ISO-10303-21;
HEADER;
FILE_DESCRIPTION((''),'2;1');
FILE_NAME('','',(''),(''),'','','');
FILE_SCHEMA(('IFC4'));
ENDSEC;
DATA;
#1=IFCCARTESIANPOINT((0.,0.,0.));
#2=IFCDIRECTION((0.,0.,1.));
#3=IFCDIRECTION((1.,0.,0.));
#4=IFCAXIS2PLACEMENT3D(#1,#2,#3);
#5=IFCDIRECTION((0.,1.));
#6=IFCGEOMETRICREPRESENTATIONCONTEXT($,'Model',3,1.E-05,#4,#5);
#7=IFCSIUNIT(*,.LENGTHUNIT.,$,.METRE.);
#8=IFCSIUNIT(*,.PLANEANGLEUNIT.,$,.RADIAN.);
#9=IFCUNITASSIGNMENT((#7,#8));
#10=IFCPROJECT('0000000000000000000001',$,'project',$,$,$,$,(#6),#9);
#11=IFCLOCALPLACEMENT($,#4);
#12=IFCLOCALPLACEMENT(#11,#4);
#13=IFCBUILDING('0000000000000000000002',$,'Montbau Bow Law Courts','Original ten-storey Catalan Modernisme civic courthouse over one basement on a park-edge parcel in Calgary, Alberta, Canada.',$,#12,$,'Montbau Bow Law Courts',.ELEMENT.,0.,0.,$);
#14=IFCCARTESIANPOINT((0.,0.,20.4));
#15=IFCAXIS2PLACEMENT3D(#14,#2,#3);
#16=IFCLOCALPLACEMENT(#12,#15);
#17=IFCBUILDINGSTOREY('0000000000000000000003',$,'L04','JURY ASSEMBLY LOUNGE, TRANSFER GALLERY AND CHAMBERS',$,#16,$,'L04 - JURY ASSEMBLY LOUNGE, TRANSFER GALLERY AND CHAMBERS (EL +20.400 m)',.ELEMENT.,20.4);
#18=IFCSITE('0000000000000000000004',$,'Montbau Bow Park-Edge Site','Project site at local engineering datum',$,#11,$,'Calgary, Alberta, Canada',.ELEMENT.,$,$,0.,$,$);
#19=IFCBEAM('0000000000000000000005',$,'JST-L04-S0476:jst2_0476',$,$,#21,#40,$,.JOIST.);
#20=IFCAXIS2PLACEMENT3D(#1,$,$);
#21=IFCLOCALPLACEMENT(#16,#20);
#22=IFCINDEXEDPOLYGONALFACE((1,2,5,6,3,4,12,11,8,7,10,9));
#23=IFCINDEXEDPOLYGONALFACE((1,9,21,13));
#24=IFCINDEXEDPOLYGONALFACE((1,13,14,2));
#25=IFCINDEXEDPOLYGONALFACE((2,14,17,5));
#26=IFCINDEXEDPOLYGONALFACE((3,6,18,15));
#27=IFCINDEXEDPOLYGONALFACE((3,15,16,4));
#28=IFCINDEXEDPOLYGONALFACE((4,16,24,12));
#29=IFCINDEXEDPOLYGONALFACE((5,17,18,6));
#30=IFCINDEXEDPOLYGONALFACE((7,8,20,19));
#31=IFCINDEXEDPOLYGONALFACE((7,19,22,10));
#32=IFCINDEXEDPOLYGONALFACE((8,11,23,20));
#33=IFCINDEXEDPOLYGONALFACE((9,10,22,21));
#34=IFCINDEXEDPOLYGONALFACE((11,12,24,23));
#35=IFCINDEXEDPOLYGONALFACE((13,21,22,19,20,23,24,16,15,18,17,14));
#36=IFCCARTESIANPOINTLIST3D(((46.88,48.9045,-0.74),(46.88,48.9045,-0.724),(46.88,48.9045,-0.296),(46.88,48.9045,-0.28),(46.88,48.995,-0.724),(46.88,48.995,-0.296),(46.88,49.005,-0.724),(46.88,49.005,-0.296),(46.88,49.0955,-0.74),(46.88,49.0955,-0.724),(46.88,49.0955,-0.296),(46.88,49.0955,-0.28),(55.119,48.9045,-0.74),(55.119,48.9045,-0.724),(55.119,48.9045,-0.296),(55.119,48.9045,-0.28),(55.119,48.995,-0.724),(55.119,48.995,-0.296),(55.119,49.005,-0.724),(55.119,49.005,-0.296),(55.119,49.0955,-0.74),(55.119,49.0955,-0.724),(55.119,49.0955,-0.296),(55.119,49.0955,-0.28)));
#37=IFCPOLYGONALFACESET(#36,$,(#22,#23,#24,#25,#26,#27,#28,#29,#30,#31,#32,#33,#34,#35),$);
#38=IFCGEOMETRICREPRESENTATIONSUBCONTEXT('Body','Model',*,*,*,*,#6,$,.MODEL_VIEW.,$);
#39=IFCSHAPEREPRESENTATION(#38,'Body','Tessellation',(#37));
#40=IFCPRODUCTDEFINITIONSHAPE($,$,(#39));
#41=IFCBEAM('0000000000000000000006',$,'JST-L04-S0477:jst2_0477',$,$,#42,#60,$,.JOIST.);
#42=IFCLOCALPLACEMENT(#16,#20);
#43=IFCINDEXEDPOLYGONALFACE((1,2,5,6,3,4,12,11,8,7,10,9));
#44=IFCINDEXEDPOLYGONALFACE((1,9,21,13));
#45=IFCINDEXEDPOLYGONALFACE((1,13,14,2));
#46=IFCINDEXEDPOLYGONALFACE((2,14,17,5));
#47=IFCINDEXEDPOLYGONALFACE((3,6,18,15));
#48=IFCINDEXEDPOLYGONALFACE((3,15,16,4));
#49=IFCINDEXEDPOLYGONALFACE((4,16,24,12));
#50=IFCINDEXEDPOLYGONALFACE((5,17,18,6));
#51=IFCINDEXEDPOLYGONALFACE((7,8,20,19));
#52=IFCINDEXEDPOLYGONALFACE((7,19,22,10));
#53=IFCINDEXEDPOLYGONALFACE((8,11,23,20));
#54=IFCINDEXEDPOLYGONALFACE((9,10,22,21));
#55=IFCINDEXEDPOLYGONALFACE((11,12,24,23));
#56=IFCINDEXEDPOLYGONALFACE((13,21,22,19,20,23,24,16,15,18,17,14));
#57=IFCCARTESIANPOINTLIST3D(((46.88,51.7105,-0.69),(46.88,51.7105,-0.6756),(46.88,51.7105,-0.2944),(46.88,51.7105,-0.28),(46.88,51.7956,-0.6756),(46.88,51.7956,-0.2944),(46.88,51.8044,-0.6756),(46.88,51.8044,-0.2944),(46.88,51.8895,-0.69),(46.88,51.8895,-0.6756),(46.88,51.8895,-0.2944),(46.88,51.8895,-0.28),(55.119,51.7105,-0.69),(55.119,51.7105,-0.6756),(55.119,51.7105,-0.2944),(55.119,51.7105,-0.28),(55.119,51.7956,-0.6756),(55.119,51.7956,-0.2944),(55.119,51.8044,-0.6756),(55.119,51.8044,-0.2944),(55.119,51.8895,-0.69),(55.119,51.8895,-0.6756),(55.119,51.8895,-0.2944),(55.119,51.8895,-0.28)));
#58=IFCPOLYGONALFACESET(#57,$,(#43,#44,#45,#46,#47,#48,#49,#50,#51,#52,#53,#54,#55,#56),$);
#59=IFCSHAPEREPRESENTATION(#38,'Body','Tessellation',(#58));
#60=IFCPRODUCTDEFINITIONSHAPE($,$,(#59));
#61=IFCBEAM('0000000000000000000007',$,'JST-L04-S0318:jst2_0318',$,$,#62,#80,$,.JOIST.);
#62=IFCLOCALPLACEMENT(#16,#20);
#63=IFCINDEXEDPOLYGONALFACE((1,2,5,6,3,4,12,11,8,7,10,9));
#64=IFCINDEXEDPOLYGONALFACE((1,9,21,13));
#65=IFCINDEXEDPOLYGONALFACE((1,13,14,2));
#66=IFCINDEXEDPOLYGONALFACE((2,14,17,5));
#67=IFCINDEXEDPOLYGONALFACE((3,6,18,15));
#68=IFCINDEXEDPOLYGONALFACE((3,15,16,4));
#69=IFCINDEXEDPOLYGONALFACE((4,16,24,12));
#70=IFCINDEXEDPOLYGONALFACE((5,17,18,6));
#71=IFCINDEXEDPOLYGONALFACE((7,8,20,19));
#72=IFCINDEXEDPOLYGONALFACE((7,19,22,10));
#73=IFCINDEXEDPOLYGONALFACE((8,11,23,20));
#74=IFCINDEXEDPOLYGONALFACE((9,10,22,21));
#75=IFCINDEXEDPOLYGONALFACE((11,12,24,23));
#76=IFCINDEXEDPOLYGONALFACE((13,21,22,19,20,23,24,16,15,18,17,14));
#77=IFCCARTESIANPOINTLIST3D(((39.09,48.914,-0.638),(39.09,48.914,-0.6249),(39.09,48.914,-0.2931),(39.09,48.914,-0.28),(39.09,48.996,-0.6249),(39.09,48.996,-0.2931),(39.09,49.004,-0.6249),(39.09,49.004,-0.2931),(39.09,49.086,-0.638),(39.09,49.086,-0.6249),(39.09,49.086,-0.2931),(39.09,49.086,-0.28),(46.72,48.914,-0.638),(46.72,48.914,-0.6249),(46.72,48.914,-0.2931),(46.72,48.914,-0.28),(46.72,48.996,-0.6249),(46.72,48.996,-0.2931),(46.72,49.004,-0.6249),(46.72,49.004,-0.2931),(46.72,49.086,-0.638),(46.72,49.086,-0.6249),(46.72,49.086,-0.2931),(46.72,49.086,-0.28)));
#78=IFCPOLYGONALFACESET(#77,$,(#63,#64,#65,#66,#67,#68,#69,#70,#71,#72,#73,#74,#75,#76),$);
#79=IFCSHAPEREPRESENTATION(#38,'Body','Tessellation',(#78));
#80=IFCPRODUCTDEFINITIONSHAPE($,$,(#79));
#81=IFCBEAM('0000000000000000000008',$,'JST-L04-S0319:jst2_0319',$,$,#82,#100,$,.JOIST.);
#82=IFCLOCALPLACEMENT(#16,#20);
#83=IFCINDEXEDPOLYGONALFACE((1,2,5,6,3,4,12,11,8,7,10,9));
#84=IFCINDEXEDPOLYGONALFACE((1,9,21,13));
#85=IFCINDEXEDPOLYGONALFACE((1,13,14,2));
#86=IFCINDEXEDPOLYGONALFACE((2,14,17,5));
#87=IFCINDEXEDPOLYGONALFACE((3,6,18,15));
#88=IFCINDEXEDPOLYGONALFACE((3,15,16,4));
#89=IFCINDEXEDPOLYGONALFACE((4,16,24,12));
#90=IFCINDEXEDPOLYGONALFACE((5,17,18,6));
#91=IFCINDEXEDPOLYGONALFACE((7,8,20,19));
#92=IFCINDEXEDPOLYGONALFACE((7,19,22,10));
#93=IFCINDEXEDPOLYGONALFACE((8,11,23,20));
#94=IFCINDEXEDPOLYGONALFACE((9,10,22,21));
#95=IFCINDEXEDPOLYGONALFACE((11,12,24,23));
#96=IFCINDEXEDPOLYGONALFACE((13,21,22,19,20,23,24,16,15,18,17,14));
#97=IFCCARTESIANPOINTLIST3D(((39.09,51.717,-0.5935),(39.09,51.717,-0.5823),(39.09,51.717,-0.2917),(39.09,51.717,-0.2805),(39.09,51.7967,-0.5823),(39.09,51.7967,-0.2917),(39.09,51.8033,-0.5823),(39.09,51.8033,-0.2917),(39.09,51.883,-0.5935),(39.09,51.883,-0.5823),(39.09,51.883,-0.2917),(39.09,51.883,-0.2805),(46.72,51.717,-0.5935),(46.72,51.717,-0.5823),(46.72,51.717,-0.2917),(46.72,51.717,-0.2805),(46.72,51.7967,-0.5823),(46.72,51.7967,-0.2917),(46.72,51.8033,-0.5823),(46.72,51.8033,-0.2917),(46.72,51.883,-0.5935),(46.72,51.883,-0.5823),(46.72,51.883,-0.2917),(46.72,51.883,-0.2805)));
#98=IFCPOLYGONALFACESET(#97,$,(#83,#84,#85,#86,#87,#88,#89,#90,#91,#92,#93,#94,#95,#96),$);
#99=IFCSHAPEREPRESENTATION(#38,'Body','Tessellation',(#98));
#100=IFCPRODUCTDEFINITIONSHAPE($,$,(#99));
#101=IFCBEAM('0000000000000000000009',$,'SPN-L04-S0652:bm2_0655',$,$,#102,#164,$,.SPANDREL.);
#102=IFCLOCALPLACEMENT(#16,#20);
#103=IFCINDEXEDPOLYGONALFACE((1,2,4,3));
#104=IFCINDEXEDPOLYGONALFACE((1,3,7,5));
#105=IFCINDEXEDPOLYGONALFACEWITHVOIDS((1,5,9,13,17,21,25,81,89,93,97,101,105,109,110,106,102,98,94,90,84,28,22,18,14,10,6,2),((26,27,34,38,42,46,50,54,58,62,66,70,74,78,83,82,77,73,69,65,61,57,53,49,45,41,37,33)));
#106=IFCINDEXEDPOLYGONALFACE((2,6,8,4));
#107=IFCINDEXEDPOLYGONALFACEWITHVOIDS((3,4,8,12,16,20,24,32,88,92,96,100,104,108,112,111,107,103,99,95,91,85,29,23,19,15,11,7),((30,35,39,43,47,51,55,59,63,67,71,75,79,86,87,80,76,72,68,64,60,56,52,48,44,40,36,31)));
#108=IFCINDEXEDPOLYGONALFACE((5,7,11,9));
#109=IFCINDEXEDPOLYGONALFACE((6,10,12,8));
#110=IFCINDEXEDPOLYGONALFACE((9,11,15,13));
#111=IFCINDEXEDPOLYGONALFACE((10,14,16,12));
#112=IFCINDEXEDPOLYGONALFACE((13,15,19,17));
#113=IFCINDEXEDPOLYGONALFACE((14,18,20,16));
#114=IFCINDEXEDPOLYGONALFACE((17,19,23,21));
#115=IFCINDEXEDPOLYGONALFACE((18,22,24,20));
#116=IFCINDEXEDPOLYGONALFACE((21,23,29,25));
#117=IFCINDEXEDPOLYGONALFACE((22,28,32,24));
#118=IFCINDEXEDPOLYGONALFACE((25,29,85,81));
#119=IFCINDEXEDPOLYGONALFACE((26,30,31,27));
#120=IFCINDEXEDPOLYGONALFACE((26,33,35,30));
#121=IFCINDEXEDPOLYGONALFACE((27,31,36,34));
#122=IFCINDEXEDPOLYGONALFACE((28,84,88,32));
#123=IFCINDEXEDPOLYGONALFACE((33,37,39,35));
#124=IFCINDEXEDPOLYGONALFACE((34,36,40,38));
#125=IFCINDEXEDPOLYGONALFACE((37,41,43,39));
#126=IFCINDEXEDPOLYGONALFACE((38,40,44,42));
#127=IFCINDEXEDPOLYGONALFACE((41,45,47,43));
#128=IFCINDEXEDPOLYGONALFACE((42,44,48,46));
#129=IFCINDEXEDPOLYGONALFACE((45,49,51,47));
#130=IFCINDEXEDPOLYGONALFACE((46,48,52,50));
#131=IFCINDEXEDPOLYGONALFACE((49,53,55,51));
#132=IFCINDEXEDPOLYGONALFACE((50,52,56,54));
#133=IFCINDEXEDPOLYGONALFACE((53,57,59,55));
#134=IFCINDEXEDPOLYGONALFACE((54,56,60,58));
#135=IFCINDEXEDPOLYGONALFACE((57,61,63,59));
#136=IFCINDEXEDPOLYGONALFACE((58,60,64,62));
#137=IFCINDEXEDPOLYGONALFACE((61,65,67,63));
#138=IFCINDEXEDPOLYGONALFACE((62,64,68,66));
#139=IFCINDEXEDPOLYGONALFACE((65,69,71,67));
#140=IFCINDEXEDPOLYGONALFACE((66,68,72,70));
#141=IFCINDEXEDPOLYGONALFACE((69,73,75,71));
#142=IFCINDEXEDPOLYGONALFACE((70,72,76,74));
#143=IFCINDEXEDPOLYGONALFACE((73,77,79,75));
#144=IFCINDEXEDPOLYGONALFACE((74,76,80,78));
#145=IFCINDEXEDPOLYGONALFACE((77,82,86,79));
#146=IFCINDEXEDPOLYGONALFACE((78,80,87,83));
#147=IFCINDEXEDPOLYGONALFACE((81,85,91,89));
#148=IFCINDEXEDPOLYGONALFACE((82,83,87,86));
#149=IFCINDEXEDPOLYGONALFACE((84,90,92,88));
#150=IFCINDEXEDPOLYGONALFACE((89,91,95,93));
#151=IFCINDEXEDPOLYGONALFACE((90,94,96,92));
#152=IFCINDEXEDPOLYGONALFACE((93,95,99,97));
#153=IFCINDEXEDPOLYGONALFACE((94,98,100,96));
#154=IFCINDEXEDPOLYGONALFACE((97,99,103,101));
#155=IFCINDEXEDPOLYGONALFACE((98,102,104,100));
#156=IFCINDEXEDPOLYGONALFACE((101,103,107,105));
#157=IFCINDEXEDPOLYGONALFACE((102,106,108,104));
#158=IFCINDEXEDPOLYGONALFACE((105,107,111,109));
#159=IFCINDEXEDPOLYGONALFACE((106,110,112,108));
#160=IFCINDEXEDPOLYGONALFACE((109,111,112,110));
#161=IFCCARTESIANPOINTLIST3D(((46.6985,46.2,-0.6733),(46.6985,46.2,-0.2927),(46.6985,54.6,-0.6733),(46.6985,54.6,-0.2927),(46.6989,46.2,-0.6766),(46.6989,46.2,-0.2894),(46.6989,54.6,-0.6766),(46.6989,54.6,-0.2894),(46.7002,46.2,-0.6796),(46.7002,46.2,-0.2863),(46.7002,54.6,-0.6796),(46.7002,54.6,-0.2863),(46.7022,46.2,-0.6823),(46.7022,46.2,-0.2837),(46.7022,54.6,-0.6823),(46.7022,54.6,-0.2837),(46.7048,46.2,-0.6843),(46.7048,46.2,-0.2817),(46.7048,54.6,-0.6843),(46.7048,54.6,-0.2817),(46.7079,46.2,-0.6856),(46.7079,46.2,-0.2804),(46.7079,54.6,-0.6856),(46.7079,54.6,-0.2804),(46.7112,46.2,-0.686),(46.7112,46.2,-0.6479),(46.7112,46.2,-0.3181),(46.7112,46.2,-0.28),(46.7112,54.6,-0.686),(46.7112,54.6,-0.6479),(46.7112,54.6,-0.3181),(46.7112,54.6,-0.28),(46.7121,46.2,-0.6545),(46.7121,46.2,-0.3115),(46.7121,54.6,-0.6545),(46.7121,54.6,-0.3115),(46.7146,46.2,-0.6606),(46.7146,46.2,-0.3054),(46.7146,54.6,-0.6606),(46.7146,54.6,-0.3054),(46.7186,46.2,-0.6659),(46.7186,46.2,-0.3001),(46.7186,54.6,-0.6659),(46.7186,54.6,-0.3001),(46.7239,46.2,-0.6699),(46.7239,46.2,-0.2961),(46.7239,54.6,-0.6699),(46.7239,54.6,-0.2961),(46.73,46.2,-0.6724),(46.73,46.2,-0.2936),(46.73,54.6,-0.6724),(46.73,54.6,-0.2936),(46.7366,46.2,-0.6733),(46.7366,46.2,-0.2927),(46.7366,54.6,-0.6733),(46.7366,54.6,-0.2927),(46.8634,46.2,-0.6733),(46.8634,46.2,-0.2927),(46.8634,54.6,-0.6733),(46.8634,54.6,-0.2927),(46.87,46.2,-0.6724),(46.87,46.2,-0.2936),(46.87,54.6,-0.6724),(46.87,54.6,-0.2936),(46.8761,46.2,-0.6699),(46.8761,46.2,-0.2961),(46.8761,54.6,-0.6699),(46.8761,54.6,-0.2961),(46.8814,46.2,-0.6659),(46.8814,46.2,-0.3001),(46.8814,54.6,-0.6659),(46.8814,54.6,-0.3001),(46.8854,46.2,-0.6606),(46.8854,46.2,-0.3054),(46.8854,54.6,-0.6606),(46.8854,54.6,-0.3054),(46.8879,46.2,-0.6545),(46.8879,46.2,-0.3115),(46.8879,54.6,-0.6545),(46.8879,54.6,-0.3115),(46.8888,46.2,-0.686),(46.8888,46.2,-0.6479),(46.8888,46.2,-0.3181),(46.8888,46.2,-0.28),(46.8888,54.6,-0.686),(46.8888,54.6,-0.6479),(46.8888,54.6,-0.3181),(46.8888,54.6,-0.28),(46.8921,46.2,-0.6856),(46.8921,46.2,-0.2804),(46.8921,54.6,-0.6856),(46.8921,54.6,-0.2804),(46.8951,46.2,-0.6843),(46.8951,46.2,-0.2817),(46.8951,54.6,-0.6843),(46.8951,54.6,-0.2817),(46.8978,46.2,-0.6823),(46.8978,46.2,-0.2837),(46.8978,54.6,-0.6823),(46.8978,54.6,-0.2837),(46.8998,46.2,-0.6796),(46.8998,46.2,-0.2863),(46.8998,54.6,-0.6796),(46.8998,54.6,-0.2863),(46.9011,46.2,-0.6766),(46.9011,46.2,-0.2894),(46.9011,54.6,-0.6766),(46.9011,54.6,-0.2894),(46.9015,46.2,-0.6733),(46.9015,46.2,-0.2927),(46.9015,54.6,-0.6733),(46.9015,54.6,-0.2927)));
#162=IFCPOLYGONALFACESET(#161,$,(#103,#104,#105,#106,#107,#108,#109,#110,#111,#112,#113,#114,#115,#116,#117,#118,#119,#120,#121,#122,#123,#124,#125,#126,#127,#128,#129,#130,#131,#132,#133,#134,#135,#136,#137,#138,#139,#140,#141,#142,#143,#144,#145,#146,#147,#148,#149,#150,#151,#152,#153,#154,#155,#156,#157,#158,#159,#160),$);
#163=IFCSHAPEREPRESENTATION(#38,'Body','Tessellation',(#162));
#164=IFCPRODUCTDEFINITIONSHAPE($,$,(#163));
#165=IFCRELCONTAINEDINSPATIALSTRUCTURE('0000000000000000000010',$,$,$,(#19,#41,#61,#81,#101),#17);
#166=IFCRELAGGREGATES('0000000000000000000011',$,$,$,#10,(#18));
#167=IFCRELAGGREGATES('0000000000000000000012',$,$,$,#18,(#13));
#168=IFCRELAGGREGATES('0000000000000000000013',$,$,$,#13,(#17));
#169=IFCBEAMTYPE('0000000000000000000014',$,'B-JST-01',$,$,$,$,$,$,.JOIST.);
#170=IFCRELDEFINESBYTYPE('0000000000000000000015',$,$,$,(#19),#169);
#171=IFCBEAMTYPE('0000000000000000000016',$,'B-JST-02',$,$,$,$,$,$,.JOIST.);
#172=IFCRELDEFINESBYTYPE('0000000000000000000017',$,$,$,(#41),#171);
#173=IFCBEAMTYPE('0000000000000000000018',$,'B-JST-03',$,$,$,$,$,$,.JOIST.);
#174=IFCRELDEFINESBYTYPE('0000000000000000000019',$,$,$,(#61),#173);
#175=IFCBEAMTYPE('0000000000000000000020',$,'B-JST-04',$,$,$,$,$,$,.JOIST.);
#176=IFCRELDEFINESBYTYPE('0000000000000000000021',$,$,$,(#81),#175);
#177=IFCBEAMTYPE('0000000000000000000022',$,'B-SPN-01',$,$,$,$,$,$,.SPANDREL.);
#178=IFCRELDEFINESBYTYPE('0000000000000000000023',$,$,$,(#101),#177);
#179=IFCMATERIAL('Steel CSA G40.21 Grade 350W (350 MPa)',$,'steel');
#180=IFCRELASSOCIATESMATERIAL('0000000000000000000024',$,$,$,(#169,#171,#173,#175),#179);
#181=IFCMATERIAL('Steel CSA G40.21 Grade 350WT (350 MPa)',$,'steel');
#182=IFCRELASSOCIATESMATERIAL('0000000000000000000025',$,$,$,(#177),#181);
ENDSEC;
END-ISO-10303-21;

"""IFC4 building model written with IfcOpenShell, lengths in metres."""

from ifc_helpers import new_model, si_unit, direction, frame, origin_with_axes, origin_2d_with_axis, place, context, subcontext, project, spatial, hollow_rectangle, i_section, extrude, material, material_profile, profile_set, type_object, element, save


model = new_model("IFC4")

# Units and contexts
model_context = context("Model", 3, precision=1e-05, world=origin_with_axes(), true_north=direction((0.0, 1.0)))
body_context = subcontext(model_context, "Body", "Model", "MODEL_VIEW")
ifc_project = project(units=[si_unit("LENGTHUNIT", "METRE"), si_unit("PLANEANGLEUNIT", "RADIAN")], contexts=[model_context])

# Site, building, storey
site_placement = place(None, origin_with_axes())
site = spatial("IfcSite", under=ifc_project, at=site_placement, Name="Montbau Bow Park-Edge Site", Description="Project site at local engineering datum", LongName="Calgary, Alberta, Canada", CompositionType="ELEMENT", RefElevation=0.0)
building_placement = place(site_placement, origin_with_axes())
building = spatial("IfcBuilding", under=site, at=building_placement, Name="Montbau Bow Law Courts", Description="Original ten-storey Catalan Modernisme civic courthouse over one basement on a park-edge parcel in Calgary, Alberta, Canada.", LongName="Montbau Bow Law Courts", CompositionType="ELEMENT", ElevationOfRefHeight=0.0, ElevationOfTerrain=0.0)
storey_placement = place(building_placement, frame((0.0, 0.0, 20.4), z_axis=(0.0, 0.0, 1.0), x_axis=(1.0, 0.0, 0.0)))
storey = spatial("IfcBuildingStorey", under=building, at=storey_placement, Name="L04", Description="JURY ASSEMBLY LOUNGE, TRANSFER GALLERY AND CHAMBERS", LongName="L04 - JURY ASSEMBLY LOUNGE, TRANSFER GALLERY AND CHAMBERS (EL +20.400 m)", CompositionType="ELEMENT", Elevation=20.4)

# Shared definitions
ifc_material_1 = material(Name="Steel CSA G40.21 Grade 350WT (350 MPa)", Category="steel")

# Beams
ifc_material_2 = material(Name="Steel CSA G40.21 Grade 350W (350 MPa)", Category="steel")
ifc_material_profile_1 = material_profile(ifc_material_2, i_section(OverallWidth=0.191, OverallDepth=0.46, WebThickness=0.0099, FlangeThickness=0.016, at=origin_2d_with_axis()), Name="W460X82", Category="Main", Priority=0)
ifc_profile_set_1 = profile_set([ifc_material_profile_1], Name="Steel CSA G40.21 Grade 350W (350 MPa)")
beam_type_1 = type_object("IfcBeamType", Name="B-JST-01", PredefinedType="JOIST", material=ifc_profile_set_1)
beam_1_placement = place(None, frame((46.88, 49.0, 19.89), z_axis=(1.0, 0.0, 0.0), x_axis=(0.0, 1.0, 0.0)))
element("IfcBeam", 1, at=beam_1_placement, inside=storey, type_object=beam_type_1, Name="JST-L04-S0476:jst2_0476", PredefinedType="JOIST", context=body_context, shape_type="SweptSolid", body=[
    extrude(i_section(OverallWidth=0.191, OverallDepth=0.46, WebThickness=0.0099, FlangeThickness=0.016, at=origin_2d_with_axis()), origin_with_axes(), (0.0, 0.0, 1.0), 8.239),
])
ifc_material_profile_2 = material_profile(ifc_material_2, i_section(OverallWidth=0.179, OverallDepth=0.41, WebThickness=0.0088, FlangeThickness=0.0144, at=origin_2d_with_axis()), Name="W410X67", Category="Main", Priority=0)
ifc_profile_set_2 = profile_set([ifc_material_profile_2], Name="Steel CSA G40.21 Grade 350W (350 MPa)")
beam_type_2 = type_object("IfcBeamType", Name="B-JST-02", PredefinedType="JOIST", material=ifc_profile_set_2)
beam_2_placement = place(None, frame((46.88, 51.8, 19.915), z_axis=(1.0, 0.0, 0.0), x_axis=(0.0, 1.0, 0.0)))
element("IfcBeam", 2, at=beam_2_placement, inside=storey, type_object=beam_type_2, Name="JST-L04-S0477:jst2_0477", PredefinedType="JOIST", context=body_context, shape_type="SweptSolid", body=[
    extrude(i_section(OverallWidth=0.179, OverallDepth=0.41, WebThickness=0.0088, FlangeThickness=0.0144, at=origin_2d_with_axis()), origin_with_axes(), (0.0, 0.0, 1.0), 8.239),
])
ifc_material_profile_3 = material_profile(ifc_material_2, i_section(OverallWidth=0.172, OverallDepth=0.358, WebThickness=0.0079, FlangeThickness=0.0131, at=origin_2d_with_axis()), Name="W360X57", Category="Main", Priority=0)
ifc_profile_set_3 = profile_set([ifc_material_profile_3], Name="Steel CSA G40.21 Grade 350W (350 MPa)")
beam_type_3 = type_object("IfcBeamType", Name="B-JST-03", PredefinedType="JOIST", material=ifc_profile_set_3)
beam_3_placement = place(None, frame((39.09, 49.0, 19.941), z_axis=(1.0, 0.0, 0.0), x_axis=(0.0, 1.0, 0.0)))
element("IfcBeam", 3, at=beam_3_placement, inside=storey, type_object=beam_type_3, Name="JST-L04-S0318:jst2_0318", PredefinedType="JOIST", context=body_context, shape_type="SweptSolid", body=[
    extrude(i_section(OverallWidth=0.172, OverallDepth=0.358, WebThickness=0.0079, FlangeThickness=0.0131, at=origin_2d_with_axis()), origin_with_axes(), (0.0, 0.0, 1.0), 7.63),
])
ifc_material_profile_4 = material_profile(ifc_material_2, i_section(OverallWidth=0.166, OverallDepth=0.313, WebThickness=0.0066, FlangeThickness=0.0112, at=origin_2d_with_axis()), Name="W310X45", Category="Main", Priority=0)
ifc_profile_set_4 = profile_set([ifc_material_profile_4], Name="Steel CSA G40.21 Grade 350W (350 MPa)")
beam_type_4 = type_object("IfcBeamType", Name="B-JST-04", PredefinedType="JOIST", material=ifc_profile_set_4)
beam_4_placement = place(None, frame((39.09, 51.8, 19.963), z_axis=(1.0, 0.0, 0.0), x_axis=(0.0, 1.0, 0.0)))
element("IfcBeam", 4, at=beam_4_placement, inside=storey, type_object=beam_type_4, Name="JST-L04-S0319:jst2_0319", PredefinedType="JOIST", context=body_context, shape_type="SweptSolid", body=[
    extrude(i_section(OverallWidth=0.166, OverallDepth=0.313, WebThickness=0.0066, FlangeThickness=0.0112, at=origin_2d_with_axis()), origin_with_axes(), (0.0, 0.0, 1.0), 7.63),
])
ifc_material_profile_5 = material_profile(ifc_material_1, hollow_rectangle(XDim=0.203, YDim=0.406, WallThickness=0.0127, InnerFilletRadius=0.0254, OuterFilletRadius=0.0127, at=origin_2d_with_axis()), Name="HSS406X203X13", Category="Main", Priority=0)
ifc_profile_set_5 = profile_set([ifc_material_profile_5], Name="Steel CSA G40.21 Grade 350WT (350 MPa)")
beam_type_5 = type_object("IfcBeamType", Name="B-SPN-01", PredefinedType="SPANDREL", material=ifc_profile_set_5)
beam_5_placement = place(None, frame((46.8, 46.2, 19.917), z_axis=(0.0, 1.0, 0.0), x_axis=(-1.0, 0.0, 0.0)))
element("IfcBeam", 5, at=beam_5_placement, inside=storey, type_object=beam_type_5, Name="SPN-L04-S0652:bm2_0655", PredefinedType="SPANDREL", context=body_context, shape_type="SweptSolid", body=[
    extrude(hollow_rectangle(XDim=0.203, YDim=0.406, WallThickness=0.0127, InnerFilletRadius=0.0254, OuterFilletRadius=0.0127, at=origin_2d_with_axis()), origin_with_axes(), (0.0, 0.0, 1.0), 8.4),
])

save(model, "model.ifc")
